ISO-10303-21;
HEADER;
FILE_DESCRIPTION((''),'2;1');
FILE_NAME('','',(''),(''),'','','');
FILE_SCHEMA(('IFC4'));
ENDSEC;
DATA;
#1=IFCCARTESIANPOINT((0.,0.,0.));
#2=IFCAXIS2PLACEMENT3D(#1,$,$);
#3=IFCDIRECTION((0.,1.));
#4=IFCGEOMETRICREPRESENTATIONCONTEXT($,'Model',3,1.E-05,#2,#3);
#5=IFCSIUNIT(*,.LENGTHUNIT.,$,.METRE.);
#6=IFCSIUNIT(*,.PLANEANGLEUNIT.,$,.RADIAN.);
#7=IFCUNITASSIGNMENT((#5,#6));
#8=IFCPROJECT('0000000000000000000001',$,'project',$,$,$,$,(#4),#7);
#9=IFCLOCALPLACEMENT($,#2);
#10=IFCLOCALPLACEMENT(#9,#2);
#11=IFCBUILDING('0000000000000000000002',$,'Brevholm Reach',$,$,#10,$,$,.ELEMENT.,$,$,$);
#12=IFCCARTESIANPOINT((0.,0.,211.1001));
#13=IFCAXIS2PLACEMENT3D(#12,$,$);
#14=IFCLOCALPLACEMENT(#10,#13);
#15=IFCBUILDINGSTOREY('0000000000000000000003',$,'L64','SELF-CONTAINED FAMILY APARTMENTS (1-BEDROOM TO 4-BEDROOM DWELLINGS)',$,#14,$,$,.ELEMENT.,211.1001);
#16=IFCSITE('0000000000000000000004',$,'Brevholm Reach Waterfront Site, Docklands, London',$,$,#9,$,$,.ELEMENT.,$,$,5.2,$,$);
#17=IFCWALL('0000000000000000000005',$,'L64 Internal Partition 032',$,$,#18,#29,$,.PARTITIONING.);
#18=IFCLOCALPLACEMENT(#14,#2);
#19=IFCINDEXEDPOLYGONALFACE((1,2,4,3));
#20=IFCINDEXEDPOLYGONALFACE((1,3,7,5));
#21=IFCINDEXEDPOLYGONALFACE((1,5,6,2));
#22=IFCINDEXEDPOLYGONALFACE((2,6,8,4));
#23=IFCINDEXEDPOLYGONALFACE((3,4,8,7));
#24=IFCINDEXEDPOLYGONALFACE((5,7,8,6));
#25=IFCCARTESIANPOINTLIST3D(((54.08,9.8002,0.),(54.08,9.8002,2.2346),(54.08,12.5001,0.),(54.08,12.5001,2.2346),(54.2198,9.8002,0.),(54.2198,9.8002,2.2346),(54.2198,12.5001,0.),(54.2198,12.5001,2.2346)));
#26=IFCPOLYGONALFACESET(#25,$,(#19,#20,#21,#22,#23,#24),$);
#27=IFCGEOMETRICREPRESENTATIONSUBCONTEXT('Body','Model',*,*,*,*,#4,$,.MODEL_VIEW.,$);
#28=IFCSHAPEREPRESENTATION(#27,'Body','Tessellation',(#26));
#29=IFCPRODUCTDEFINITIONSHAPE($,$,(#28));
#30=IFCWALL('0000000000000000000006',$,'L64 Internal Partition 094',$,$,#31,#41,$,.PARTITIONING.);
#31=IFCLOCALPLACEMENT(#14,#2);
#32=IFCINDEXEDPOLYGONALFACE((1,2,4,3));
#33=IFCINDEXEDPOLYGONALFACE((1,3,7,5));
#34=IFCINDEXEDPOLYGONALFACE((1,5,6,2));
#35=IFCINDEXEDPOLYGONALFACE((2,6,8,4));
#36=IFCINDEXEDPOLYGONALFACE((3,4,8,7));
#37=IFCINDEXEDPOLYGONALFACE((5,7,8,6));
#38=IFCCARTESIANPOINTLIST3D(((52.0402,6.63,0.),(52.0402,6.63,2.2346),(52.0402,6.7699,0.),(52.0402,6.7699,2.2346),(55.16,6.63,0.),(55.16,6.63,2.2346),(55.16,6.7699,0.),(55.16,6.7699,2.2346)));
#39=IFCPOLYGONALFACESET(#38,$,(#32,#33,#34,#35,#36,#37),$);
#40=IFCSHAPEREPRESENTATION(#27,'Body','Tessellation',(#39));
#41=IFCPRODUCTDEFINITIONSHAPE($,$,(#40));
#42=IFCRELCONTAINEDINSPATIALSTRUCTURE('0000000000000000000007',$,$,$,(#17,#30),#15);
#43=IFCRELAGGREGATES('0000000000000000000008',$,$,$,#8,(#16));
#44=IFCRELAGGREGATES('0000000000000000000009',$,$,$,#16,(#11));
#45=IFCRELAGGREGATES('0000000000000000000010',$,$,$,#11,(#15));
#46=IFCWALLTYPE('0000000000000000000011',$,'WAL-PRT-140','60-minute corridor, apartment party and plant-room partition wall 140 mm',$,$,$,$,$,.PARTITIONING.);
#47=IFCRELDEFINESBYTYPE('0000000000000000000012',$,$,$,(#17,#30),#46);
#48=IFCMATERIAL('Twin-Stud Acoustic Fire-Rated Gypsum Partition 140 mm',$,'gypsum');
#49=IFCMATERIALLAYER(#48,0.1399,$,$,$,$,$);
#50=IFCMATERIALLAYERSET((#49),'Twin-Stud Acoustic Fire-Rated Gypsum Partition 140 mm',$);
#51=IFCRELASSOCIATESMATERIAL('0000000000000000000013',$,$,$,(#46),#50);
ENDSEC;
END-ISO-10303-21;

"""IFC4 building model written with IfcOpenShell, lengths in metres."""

from ifc_helpers import new_model, si_unit, direction, frame, frame_2d, origin, place, context, subcontext, project, spatial, rectangle, extrude, material, layer, layer_set, type_object, element, save


model = new_model("IFC4")

# Units and contexts
model_context = context("Model", 3, precision=1e-05, world=origin(), true_north=direction((0.0, 1.0)))
body_context = subcontext(model_context, "Body", "Model", "MODEL_VIEW")
ifc_project = project(units=[si_unit("LENGTHUNIT", "METRE"), si_unit("PLANEANGLEUNIT", "RADIAN")], contexts=[model_context])

# Site, building, storey
site_placement = place(None, origin())
site = spatial("IfcSite", under=ifc_project, at=site_placement, Name="Brevholm Reach Waterfront Site, Docklands, London", CompositionType="ELEMENT", RefElevation=5.2)
building_placement = place(site_placement, origin())
building = spatial("IfcBuilding", under=site, at=building_placement, Name="Brevholm Reach", CompositionType="ELEMENT")
storey_placement = place(building_placement, frame((0.0, 0.0, 211.1001)))
storey = spatial("IfcBuildingStorey", under=building, at=storey_placement, Name="L64", Description="SELF-CONTAINED FAMILY APARTMENTS (1-BEDROOM TO 4-BEDROOM DWELLINGS)", CompositionType="ELEMENT", Elevation=211.1001)

# Shared definitions
ifc_material_1 = material(Name="Twin-Stud Acoustic Fire-Rated Gypsum Partition 140 mm", Category="gypsum")
ifc_layer_1 = layer(ifc_material_1, 0.1399)
ifc_layer_set_1 = layer_set([ifc_layer_1], Name="Twin-Stud Acoustic Fire-Rated Gypsum Partition 140 mm")
wall_type_1 = type_object("IfcWallType", Name="WAL-PRT-140", Description="60-minute corridor, apartment party and plant-room partition wall 140 mm", PredefinedType="PARTITIONING", material=ifc_layer_set_1)

# Walls
wall_1_placement = place(storey_placement, frame((54.1499, 9.8, 0.0), z_axis=(0.0, 0.0, 1.0), x_axis=(0.0, 1.0, 0.0)))
element("IfcWall", 1, at=wall_1_placement, inside=storey, type_object=wall_type_1, Name="L64 Internal Partition 032", PredefinedType="PARTITIONING", context=body_context, shape_type="SweptSolid", body=[
    extrude(rectangle(XDim=2.7, YDim=0.1399, at=frame_2d((1.3501, 0.0))), origin(), (0.0, 0.0, 1.0), 2.2346),
])
wall_2_placement = place(storey_placement, frame((52.04, 6.7, 0.0), z_axis=(0.0, 0.0, 1.0), x_axis=(1.0, 0.0, 0.0)))
element("IfcWall", 2, at=wall_2_placement, inside=storey, type_object=wall_type_1, Name="L64 Internal Partition 094", PredefinedType="PARTITIONING", context=body_context, shape_type="SweptSolid", body=[
    extrude(rectangle(XDim=3.1199, YDim=0.1399, at=frame_2d((1.5601, 0.0))), origin(), (0.0, 0.0, 1.0), 2.2346),
])

save(model, "model.ifc")
